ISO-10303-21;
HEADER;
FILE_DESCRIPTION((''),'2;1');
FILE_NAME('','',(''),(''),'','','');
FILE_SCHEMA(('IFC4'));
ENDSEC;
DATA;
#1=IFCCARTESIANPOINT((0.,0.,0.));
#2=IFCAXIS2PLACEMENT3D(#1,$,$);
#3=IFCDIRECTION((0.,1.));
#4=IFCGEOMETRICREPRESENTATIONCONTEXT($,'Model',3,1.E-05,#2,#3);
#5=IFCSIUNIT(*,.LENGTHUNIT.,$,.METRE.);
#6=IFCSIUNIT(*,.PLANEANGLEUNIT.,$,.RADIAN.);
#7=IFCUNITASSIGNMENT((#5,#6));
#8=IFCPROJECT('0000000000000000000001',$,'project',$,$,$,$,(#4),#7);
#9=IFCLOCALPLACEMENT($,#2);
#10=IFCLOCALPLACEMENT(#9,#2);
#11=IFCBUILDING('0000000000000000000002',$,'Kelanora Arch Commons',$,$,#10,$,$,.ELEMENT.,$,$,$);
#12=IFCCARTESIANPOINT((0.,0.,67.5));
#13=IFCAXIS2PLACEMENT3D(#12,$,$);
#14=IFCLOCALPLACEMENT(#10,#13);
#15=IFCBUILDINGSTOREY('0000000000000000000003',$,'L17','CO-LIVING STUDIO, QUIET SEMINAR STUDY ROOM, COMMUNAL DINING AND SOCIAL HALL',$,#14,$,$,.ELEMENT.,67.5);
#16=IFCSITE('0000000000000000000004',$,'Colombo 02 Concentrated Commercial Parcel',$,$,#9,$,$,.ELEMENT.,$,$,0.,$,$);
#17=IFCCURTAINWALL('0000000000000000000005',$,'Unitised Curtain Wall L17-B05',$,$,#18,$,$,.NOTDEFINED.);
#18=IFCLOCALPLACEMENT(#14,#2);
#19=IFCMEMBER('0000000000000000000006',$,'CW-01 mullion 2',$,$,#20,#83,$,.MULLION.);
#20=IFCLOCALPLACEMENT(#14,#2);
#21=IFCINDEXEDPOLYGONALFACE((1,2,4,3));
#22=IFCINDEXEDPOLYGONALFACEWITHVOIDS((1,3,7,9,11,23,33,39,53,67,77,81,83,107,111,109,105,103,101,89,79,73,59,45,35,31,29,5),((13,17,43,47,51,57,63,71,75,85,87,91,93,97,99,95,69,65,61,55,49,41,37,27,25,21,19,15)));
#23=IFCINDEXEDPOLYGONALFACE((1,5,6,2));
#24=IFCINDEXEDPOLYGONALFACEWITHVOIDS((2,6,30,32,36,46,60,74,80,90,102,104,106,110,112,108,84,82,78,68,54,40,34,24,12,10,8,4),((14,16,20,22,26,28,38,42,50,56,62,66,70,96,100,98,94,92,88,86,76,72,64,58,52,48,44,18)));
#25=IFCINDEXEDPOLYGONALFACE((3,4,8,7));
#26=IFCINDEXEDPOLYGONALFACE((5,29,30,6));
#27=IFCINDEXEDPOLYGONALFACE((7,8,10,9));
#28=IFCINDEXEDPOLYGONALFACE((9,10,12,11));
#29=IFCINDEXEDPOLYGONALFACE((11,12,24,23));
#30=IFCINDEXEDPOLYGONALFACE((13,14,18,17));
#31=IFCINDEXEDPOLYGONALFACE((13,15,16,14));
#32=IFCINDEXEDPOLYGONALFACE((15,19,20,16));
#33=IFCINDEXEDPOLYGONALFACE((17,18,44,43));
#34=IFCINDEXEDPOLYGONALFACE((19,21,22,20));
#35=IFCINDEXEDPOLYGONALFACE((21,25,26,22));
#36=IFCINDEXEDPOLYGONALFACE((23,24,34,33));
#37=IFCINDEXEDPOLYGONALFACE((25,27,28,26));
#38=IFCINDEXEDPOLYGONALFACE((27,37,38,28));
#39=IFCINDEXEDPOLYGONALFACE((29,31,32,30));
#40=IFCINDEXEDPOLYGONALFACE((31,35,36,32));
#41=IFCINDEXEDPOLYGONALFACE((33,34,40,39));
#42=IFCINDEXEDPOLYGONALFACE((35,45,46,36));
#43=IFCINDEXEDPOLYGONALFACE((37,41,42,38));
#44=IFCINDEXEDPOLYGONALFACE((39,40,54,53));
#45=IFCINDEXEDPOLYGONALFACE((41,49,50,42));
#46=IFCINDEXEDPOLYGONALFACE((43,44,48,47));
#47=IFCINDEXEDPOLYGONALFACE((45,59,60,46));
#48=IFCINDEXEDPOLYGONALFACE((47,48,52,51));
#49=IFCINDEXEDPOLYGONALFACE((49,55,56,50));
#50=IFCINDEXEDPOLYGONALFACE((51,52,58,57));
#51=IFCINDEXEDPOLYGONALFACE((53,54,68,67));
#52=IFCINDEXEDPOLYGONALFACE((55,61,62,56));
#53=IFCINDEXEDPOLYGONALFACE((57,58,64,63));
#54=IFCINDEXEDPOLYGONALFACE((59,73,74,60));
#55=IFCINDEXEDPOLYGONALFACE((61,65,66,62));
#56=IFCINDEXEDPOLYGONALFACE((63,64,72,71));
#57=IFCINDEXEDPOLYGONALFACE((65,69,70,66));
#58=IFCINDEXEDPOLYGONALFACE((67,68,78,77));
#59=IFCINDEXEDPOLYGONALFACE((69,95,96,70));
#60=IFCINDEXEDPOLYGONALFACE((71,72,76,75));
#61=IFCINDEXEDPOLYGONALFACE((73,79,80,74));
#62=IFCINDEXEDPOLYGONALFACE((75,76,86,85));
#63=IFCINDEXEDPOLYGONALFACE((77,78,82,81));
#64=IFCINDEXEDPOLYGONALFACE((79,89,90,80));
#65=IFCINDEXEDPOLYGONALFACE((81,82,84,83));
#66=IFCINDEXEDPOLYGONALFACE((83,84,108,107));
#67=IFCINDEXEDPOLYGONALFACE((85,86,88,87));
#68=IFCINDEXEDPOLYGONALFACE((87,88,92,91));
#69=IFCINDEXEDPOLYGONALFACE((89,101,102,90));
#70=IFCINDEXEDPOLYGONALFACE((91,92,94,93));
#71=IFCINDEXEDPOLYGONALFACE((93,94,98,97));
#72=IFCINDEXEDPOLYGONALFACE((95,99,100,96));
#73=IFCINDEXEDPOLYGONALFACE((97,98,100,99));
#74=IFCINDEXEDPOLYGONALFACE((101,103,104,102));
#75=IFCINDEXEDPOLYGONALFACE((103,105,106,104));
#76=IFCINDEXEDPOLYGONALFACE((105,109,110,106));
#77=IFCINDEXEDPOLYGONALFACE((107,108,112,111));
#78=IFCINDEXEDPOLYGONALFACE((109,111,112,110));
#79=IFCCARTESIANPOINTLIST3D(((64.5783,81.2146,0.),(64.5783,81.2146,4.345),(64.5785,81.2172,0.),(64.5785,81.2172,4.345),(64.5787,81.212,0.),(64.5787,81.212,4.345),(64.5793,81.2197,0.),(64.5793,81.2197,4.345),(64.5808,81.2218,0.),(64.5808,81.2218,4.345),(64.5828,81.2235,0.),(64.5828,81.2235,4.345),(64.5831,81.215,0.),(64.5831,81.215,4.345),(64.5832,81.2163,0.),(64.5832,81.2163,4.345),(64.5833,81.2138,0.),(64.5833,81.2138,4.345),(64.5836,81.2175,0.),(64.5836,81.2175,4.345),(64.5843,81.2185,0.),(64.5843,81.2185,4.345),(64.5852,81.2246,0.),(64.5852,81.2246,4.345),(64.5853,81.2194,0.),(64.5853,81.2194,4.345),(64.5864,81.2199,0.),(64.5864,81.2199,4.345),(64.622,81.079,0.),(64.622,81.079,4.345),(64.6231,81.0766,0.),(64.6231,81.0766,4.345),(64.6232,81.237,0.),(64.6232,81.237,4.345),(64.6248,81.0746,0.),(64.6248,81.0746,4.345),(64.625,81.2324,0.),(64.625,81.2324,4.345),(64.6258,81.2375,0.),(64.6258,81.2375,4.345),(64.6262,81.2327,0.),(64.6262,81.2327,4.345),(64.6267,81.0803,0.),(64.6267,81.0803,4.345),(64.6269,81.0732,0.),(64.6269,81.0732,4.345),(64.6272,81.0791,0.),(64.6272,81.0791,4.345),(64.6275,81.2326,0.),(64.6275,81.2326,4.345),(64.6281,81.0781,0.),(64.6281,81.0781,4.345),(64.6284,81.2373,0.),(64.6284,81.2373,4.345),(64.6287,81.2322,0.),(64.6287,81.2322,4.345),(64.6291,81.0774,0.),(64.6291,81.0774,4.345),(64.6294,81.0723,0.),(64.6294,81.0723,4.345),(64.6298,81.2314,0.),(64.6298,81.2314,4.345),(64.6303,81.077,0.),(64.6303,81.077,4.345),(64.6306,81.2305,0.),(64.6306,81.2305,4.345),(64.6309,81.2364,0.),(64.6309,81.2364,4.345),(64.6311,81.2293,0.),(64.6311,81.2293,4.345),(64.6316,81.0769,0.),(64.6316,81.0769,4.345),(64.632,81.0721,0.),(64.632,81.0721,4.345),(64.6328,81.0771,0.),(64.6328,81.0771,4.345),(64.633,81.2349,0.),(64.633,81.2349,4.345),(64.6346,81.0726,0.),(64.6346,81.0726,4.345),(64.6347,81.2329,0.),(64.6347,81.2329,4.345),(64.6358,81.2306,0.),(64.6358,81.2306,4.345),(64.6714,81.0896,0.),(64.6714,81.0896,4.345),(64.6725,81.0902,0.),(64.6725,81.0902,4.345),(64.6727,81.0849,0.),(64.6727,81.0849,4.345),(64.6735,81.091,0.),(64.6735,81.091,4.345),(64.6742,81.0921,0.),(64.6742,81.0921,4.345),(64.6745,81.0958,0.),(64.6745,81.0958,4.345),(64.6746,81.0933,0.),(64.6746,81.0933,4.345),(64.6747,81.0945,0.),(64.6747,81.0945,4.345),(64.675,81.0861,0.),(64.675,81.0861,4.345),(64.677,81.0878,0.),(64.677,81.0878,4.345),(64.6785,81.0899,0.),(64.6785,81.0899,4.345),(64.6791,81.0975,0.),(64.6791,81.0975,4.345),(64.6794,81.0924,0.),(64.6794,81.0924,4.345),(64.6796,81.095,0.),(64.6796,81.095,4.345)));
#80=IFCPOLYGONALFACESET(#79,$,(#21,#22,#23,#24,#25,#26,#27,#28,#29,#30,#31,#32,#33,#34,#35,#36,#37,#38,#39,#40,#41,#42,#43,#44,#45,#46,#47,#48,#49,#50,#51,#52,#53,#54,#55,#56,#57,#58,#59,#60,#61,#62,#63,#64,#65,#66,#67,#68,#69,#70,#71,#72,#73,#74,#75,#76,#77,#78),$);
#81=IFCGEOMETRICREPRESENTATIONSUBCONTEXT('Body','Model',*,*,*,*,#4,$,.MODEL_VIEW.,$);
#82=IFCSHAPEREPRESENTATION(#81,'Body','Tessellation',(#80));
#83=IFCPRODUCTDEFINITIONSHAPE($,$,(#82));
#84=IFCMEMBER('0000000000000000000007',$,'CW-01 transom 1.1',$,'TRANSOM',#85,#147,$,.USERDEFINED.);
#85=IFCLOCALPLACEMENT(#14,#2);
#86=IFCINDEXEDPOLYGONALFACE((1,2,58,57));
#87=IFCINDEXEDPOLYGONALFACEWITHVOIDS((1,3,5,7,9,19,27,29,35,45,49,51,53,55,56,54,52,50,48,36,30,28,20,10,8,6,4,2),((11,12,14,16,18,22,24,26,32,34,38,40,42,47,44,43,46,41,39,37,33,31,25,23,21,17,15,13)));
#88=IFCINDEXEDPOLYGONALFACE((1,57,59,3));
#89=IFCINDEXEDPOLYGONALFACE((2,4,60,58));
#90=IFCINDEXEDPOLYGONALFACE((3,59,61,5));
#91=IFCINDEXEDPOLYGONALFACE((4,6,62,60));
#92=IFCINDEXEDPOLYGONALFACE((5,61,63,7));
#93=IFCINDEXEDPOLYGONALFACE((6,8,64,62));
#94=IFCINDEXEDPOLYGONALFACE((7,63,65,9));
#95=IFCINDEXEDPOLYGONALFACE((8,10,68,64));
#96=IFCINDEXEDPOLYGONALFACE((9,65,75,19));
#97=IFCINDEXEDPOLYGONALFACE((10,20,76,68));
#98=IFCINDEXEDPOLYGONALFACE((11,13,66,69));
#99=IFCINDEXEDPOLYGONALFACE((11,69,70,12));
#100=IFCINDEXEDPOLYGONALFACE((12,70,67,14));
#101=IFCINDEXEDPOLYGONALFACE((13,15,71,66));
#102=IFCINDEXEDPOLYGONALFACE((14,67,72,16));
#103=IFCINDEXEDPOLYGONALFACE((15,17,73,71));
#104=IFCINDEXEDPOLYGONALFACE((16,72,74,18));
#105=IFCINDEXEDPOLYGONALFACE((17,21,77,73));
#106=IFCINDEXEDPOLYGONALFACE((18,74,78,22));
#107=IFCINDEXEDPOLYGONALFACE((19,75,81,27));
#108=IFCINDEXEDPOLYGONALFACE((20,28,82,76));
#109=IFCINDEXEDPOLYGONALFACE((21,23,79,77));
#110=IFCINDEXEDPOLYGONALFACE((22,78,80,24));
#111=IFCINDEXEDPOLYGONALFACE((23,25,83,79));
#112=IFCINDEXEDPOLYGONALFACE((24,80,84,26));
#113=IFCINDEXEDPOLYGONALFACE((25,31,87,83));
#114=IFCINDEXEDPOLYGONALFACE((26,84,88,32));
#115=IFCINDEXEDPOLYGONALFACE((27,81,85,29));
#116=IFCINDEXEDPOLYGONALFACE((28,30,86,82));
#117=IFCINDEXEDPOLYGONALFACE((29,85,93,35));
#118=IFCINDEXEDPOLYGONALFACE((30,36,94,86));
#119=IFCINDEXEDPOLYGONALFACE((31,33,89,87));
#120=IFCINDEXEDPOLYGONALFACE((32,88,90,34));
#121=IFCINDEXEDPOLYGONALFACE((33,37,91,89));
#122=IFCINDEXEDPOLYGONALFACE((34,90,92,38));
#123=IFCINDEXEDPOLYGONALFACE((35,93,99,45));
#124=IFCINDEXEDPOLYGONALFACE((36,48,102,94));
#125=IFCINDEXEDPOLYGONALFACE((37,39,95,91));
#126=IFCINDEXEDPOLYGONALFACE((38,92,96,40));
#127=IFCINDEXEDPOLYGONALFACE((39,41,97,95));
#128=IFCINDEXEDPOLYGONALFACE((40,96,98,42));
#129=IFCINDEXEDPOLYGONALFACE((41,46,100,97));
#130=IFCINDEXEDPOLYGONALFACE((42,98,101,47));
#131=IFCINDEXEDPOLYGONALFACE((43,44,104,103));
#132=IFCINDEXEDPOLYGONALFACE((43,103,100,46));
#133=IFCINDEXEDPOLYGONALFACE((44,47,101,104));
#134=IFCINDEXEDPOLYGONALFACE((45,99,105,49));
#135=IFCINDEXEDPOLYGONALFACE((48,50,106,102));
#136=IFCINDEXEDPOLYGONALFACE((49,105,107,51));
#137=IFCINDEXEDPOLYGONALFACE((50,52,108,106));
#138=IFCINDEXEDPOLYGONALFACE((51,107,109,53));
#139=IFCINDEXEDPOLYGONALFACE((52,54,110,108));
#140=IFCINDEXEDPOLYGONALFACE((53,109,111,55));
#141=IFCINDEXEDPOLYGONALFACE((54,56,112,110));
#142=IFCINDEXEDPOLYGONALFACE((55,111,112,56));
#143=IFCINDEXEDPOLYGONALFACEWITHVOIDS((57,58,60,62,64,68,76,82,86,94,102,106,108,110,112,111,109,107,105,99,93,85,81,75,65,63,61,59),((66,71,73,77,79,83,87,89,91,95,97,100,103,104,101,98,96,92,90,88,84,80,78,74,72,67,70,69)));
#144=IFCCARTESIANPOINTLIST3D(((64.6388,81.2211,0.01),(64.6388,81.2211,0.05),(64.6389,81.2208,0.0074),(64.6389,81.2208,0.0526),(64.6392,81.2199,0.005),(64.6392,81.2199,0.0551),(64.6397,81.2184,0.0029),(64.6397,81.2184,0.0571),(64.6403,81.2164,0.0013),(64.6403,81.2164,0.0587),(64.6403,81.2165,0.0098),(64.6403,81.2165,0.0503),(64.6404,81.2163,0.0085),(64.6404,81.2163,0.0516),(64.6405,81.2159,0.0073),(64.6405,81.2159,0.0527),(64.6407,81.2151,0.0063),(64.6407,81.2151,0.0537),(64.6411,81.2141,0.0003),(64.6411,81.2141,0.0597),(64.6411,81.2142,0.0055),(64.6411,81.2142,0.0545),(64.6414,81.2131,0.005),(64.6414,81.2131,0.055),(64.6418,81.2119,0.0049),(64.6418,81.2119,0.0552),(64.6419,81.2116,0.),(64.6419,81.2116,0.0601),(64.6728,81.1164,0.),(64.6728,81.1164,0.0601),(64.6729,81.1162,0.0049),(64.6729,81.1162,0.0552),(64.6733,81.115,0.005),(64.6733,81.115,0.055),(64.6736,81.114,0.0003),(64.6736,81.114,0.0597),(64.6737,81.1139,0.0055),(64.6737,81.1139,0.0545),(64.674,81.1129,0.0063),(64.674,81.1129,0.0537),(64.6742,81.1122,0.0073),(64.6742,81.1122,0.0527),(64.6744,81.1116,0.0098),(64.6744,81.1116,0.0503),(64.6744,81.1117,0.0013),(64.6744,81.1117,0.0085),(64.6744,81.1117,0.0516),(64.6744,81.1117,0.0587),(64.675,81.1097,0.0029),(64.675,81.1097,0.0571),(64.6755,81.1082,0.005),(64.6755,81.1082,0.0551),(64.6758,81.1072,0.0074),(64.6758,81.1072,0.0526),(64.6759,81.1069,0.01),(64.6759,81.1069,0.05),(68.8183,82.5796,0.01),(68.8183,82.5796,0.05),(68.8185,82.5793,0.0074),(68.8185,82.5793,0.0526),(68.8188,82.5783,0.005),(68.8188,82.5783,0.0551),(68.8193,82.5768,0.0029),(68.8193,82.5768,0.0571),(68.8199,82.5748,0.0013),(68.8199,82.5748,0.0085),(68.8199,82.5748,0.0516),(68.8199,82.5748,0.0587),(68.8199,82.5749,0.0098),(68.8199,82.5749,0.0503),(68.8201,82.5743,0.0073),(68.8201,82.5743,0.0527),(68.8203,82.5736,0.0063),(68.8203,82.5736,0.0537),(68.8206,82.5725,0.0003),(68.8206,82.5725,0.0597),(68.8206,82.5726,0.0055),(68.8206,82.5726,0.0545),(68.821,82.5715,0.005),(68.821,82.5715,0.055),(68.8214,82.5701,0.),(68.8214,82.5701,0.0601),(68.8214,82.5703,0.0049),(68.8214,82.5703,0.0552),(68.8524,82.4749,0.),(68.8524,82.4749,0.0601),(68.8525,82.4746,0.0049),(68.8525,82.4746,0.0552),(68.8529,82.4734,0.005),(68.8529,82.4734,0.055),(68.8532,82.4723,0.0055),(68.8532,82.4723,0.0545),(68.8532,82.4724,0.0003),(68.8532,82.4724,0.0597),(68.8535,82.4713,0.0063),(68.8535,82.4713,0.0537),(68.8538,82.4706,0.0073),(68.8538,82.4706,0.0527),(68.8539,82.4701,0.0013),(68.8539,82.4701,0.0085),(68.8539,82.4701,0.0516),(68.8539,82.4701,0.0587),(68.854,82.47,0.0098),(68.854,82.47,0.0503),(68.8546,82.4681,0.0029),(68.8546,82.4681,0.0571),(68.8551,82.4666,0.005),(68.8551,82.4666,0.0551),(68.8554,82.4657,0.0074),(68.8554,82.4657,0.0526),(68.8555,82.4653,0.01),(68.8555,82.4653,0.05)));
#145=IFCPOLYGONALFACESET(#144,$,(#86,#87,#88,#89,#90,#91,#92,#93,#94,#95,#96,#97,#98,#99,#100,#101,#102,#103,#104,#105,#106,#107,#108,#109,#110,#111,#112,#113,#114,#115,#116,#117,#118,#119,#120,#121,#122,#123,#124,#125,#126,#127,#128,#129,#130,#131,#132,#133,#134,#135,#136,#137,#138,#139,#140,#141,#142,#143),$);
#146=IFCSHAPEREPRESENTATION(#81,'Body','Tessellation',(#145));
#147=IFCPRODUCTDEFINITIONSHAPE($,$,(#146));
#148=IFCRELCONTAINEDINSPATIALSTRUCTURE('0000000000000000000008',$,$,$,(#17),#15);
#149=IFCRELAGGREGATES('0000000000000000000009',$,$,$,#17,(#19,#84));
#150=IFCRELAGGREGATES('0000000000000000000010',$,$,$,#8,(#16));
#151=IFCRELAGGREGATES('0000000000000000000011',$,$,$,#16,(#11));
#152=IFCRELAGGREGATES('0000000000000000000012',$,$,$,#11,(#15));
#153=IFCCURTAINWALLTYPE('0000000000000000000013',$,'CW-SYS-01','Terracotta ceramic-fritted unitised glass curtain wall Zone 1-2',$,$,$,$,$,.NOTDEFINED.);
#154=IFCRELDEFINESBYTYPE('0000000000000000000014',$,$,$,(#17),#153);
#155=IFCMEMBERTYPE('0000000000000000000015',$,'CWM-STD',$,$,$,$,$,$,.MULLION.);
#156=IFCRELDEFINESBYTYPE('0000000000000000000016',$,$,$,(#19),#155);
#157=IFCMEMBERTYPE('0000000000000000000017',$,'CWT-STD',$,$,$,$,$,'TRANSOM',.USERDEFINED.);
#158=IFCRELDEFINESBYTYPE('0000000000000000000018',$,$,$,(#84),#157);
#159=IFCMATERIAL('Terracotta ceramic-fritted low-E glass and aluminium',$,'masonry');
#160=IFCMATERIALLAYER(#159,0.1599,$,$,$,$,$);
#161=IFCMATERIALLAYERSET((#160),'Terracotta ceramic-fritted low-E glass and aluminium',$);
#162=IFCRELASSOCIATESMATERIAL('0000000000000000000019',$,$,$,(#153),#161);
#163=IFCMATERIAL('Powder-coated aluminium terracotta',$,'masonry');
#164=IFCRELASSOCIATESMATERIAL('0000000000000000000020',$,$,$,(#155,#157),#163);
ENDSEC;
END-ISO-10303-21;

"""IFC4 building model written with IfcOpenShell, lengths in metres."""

from ifc_helpers import new_model, si_unit, direction, frame, origin, origin_2d, place, context, subcontext, project, spatial, hollow_rectangle, extrude, material, layer, layer_set, material_profile, profile_set, type_object, element, aggregate, save


model = new_model("IFC4")

# Units and contexts
model_context = context("Model", 3, precision=1e-05, world=origin(), true_north=direction((0.0, 1.0)))
body_context = subcontext(model_context, "Body", "Model", "MODEL_VIEW")
ifc_project = project(units=[si_unit("LENGTHUNIT", "METRE"), si_unit("PLANEANGLEUNIT", "RADIAN")], contexts=[model_context])

# Site, building, storey
site_placement = place(None, origin())
site = spatial("IfcSite", under=ifc_project, at=site_placement, Name="Colombo 02 Concentrated Commercial Parcel", CompositionType="ELEMENT", RefElevation=0.0)
building_placement = place(site_placement, origin())
building = spatial("IfcBuilding", under=site, at=building_placement, Name="Kelanora Arch Commons", CompositionType="ELEMENT")
storey_placement = place(building_placement, frame((0.0, 0.0, 67.5)))
storey = spatial("IfcBuildingStorey", under=building, at=storey_placement, Name="L17", Description="CO-LIVING STUDIO, QUIET SEMINAR STUDY ROOM, COMMUNAL DINING AND SOCIAL HALL", CompositionType="ELEMENT", Elevation=67.5)

# Curtain wall, members
ifc_material_1 = material(Name="Terracotta ceramic-fritted low-E glass and aluminium", Category="masonry")
ifc_layer_1 = layer(ifc_material_1, 0.1599)
ifc_layer_set_1 = layer_set([ifc_layer_1], Name="Terracotta ceramic-fritted low-E glass and aluminium")
curtain_wall_type = type_object("IfcCurtainWallType", Name="CW-SYS-01", Description="Terracotta ceramic-fritted unitised glass curtain wall Zone 1-2", PredefinedType="NOTDEFINED", material=ifc_layer_set_1)
curtain_wall_placement = place(storey_placement, origin())
curtain_wall = element("IfcCurtainWall", 1, at=curtain_wall_placement, inside=storey, type_object=curtain_wall_type, Name="Unitised Curtain Wall L17-B05", PredefinedType="NOTDEFINED")
ifc_material_2 = material(Name="Powder-coated aluminium terracotta", Category="masonry")
ifc_material_profile_1 = material_profile(ifc_material_2, hollow_rectangle(XDim=0.1599, YDim=0.0601, WallThickness=0.0049, InnerFilletRadius=0.0049, OuterFilletRadius=0.01, at=origin_2d()), Name="CWM160x60")
ifc_profile_set_1 = profile_set([ifc_material_profile_1], Name="Powder-coated aluminium terracotta")
member_type_1 = type_object("IfcMemberType", Name="CWM-STD", PredefinedType="MULLION", material=ifc_profile_set_1)
member_1_placement = place(storey_placement, frame((64.6289, 81.1548, 0.0), z_axis=(0.0, 0.0, 1.0), x_axis=(0.309058, -0.951043, 0.0)))
member_1 = element("IfcMember", 2, at=member_1_placement, type_object=member_type_1, Name="CW-01 mullion 2", PredefinedType="MULLION", context=body_context, shape_type="SweptSolid", body=[
    extrude(hollow_rectangle(XDim=0.1599, YDim=0.0601, WallThickness=0.0049, InnerFilletRadius=0.0049, OuterFilletRadius=0.01, at=origin_2d()), origin(), (0.0, 0.0, 1.0), 4.345),
])
ifc_material_profile_2 = material_profile(ifc_material_2, hollow_rectangle(XDim=0.1201, YDim=0.0601, WallThickness=0.0049, InnerFilletRadius=0.0049, OuterFilletRadius=0.01, at=origin_2d()), Name="CWT120x60")
ifc_profile_set_2 = profile_set([ifc_material_profile_2], Name="Powder-coated aluminium terracotta")
member_type_2 = type_object("IfcMemberType", Name="CWT-STD", ElementType="TRANSOM", PredefinedType="USERDEFINED", material=ifc_profile_set_2)
member_2_placement = place(storey_placement, frame((68.8369, 82.5225, 0.03), z_axis=(-0.951029, -0.309102, 0.0), x_axis=(0.309102, -0.951029, 0.0)))
member_2 = element("IfcMember", 3, at=member_2_placement, type_object=member_type_2, Name="CW-01 transom 1.1", ObjectType="TRANSOM", PredefinedType="USERDEFINED", context=body_context, shape_type="SweptSolid", body=[
    extrude(hollow_rectangle(XDim=0.1201, YDim=0.0601, WallThickness=0.0049, InnerFilletRadius=0.0049, OuterFilletRadius=0.01, at=origin_2d()), origin(), (0.0, 0.0, 1.0), 4.3948),
])
aggregate(curtain_wall, [member_1, member_2])

save(model, "model.ifc")
